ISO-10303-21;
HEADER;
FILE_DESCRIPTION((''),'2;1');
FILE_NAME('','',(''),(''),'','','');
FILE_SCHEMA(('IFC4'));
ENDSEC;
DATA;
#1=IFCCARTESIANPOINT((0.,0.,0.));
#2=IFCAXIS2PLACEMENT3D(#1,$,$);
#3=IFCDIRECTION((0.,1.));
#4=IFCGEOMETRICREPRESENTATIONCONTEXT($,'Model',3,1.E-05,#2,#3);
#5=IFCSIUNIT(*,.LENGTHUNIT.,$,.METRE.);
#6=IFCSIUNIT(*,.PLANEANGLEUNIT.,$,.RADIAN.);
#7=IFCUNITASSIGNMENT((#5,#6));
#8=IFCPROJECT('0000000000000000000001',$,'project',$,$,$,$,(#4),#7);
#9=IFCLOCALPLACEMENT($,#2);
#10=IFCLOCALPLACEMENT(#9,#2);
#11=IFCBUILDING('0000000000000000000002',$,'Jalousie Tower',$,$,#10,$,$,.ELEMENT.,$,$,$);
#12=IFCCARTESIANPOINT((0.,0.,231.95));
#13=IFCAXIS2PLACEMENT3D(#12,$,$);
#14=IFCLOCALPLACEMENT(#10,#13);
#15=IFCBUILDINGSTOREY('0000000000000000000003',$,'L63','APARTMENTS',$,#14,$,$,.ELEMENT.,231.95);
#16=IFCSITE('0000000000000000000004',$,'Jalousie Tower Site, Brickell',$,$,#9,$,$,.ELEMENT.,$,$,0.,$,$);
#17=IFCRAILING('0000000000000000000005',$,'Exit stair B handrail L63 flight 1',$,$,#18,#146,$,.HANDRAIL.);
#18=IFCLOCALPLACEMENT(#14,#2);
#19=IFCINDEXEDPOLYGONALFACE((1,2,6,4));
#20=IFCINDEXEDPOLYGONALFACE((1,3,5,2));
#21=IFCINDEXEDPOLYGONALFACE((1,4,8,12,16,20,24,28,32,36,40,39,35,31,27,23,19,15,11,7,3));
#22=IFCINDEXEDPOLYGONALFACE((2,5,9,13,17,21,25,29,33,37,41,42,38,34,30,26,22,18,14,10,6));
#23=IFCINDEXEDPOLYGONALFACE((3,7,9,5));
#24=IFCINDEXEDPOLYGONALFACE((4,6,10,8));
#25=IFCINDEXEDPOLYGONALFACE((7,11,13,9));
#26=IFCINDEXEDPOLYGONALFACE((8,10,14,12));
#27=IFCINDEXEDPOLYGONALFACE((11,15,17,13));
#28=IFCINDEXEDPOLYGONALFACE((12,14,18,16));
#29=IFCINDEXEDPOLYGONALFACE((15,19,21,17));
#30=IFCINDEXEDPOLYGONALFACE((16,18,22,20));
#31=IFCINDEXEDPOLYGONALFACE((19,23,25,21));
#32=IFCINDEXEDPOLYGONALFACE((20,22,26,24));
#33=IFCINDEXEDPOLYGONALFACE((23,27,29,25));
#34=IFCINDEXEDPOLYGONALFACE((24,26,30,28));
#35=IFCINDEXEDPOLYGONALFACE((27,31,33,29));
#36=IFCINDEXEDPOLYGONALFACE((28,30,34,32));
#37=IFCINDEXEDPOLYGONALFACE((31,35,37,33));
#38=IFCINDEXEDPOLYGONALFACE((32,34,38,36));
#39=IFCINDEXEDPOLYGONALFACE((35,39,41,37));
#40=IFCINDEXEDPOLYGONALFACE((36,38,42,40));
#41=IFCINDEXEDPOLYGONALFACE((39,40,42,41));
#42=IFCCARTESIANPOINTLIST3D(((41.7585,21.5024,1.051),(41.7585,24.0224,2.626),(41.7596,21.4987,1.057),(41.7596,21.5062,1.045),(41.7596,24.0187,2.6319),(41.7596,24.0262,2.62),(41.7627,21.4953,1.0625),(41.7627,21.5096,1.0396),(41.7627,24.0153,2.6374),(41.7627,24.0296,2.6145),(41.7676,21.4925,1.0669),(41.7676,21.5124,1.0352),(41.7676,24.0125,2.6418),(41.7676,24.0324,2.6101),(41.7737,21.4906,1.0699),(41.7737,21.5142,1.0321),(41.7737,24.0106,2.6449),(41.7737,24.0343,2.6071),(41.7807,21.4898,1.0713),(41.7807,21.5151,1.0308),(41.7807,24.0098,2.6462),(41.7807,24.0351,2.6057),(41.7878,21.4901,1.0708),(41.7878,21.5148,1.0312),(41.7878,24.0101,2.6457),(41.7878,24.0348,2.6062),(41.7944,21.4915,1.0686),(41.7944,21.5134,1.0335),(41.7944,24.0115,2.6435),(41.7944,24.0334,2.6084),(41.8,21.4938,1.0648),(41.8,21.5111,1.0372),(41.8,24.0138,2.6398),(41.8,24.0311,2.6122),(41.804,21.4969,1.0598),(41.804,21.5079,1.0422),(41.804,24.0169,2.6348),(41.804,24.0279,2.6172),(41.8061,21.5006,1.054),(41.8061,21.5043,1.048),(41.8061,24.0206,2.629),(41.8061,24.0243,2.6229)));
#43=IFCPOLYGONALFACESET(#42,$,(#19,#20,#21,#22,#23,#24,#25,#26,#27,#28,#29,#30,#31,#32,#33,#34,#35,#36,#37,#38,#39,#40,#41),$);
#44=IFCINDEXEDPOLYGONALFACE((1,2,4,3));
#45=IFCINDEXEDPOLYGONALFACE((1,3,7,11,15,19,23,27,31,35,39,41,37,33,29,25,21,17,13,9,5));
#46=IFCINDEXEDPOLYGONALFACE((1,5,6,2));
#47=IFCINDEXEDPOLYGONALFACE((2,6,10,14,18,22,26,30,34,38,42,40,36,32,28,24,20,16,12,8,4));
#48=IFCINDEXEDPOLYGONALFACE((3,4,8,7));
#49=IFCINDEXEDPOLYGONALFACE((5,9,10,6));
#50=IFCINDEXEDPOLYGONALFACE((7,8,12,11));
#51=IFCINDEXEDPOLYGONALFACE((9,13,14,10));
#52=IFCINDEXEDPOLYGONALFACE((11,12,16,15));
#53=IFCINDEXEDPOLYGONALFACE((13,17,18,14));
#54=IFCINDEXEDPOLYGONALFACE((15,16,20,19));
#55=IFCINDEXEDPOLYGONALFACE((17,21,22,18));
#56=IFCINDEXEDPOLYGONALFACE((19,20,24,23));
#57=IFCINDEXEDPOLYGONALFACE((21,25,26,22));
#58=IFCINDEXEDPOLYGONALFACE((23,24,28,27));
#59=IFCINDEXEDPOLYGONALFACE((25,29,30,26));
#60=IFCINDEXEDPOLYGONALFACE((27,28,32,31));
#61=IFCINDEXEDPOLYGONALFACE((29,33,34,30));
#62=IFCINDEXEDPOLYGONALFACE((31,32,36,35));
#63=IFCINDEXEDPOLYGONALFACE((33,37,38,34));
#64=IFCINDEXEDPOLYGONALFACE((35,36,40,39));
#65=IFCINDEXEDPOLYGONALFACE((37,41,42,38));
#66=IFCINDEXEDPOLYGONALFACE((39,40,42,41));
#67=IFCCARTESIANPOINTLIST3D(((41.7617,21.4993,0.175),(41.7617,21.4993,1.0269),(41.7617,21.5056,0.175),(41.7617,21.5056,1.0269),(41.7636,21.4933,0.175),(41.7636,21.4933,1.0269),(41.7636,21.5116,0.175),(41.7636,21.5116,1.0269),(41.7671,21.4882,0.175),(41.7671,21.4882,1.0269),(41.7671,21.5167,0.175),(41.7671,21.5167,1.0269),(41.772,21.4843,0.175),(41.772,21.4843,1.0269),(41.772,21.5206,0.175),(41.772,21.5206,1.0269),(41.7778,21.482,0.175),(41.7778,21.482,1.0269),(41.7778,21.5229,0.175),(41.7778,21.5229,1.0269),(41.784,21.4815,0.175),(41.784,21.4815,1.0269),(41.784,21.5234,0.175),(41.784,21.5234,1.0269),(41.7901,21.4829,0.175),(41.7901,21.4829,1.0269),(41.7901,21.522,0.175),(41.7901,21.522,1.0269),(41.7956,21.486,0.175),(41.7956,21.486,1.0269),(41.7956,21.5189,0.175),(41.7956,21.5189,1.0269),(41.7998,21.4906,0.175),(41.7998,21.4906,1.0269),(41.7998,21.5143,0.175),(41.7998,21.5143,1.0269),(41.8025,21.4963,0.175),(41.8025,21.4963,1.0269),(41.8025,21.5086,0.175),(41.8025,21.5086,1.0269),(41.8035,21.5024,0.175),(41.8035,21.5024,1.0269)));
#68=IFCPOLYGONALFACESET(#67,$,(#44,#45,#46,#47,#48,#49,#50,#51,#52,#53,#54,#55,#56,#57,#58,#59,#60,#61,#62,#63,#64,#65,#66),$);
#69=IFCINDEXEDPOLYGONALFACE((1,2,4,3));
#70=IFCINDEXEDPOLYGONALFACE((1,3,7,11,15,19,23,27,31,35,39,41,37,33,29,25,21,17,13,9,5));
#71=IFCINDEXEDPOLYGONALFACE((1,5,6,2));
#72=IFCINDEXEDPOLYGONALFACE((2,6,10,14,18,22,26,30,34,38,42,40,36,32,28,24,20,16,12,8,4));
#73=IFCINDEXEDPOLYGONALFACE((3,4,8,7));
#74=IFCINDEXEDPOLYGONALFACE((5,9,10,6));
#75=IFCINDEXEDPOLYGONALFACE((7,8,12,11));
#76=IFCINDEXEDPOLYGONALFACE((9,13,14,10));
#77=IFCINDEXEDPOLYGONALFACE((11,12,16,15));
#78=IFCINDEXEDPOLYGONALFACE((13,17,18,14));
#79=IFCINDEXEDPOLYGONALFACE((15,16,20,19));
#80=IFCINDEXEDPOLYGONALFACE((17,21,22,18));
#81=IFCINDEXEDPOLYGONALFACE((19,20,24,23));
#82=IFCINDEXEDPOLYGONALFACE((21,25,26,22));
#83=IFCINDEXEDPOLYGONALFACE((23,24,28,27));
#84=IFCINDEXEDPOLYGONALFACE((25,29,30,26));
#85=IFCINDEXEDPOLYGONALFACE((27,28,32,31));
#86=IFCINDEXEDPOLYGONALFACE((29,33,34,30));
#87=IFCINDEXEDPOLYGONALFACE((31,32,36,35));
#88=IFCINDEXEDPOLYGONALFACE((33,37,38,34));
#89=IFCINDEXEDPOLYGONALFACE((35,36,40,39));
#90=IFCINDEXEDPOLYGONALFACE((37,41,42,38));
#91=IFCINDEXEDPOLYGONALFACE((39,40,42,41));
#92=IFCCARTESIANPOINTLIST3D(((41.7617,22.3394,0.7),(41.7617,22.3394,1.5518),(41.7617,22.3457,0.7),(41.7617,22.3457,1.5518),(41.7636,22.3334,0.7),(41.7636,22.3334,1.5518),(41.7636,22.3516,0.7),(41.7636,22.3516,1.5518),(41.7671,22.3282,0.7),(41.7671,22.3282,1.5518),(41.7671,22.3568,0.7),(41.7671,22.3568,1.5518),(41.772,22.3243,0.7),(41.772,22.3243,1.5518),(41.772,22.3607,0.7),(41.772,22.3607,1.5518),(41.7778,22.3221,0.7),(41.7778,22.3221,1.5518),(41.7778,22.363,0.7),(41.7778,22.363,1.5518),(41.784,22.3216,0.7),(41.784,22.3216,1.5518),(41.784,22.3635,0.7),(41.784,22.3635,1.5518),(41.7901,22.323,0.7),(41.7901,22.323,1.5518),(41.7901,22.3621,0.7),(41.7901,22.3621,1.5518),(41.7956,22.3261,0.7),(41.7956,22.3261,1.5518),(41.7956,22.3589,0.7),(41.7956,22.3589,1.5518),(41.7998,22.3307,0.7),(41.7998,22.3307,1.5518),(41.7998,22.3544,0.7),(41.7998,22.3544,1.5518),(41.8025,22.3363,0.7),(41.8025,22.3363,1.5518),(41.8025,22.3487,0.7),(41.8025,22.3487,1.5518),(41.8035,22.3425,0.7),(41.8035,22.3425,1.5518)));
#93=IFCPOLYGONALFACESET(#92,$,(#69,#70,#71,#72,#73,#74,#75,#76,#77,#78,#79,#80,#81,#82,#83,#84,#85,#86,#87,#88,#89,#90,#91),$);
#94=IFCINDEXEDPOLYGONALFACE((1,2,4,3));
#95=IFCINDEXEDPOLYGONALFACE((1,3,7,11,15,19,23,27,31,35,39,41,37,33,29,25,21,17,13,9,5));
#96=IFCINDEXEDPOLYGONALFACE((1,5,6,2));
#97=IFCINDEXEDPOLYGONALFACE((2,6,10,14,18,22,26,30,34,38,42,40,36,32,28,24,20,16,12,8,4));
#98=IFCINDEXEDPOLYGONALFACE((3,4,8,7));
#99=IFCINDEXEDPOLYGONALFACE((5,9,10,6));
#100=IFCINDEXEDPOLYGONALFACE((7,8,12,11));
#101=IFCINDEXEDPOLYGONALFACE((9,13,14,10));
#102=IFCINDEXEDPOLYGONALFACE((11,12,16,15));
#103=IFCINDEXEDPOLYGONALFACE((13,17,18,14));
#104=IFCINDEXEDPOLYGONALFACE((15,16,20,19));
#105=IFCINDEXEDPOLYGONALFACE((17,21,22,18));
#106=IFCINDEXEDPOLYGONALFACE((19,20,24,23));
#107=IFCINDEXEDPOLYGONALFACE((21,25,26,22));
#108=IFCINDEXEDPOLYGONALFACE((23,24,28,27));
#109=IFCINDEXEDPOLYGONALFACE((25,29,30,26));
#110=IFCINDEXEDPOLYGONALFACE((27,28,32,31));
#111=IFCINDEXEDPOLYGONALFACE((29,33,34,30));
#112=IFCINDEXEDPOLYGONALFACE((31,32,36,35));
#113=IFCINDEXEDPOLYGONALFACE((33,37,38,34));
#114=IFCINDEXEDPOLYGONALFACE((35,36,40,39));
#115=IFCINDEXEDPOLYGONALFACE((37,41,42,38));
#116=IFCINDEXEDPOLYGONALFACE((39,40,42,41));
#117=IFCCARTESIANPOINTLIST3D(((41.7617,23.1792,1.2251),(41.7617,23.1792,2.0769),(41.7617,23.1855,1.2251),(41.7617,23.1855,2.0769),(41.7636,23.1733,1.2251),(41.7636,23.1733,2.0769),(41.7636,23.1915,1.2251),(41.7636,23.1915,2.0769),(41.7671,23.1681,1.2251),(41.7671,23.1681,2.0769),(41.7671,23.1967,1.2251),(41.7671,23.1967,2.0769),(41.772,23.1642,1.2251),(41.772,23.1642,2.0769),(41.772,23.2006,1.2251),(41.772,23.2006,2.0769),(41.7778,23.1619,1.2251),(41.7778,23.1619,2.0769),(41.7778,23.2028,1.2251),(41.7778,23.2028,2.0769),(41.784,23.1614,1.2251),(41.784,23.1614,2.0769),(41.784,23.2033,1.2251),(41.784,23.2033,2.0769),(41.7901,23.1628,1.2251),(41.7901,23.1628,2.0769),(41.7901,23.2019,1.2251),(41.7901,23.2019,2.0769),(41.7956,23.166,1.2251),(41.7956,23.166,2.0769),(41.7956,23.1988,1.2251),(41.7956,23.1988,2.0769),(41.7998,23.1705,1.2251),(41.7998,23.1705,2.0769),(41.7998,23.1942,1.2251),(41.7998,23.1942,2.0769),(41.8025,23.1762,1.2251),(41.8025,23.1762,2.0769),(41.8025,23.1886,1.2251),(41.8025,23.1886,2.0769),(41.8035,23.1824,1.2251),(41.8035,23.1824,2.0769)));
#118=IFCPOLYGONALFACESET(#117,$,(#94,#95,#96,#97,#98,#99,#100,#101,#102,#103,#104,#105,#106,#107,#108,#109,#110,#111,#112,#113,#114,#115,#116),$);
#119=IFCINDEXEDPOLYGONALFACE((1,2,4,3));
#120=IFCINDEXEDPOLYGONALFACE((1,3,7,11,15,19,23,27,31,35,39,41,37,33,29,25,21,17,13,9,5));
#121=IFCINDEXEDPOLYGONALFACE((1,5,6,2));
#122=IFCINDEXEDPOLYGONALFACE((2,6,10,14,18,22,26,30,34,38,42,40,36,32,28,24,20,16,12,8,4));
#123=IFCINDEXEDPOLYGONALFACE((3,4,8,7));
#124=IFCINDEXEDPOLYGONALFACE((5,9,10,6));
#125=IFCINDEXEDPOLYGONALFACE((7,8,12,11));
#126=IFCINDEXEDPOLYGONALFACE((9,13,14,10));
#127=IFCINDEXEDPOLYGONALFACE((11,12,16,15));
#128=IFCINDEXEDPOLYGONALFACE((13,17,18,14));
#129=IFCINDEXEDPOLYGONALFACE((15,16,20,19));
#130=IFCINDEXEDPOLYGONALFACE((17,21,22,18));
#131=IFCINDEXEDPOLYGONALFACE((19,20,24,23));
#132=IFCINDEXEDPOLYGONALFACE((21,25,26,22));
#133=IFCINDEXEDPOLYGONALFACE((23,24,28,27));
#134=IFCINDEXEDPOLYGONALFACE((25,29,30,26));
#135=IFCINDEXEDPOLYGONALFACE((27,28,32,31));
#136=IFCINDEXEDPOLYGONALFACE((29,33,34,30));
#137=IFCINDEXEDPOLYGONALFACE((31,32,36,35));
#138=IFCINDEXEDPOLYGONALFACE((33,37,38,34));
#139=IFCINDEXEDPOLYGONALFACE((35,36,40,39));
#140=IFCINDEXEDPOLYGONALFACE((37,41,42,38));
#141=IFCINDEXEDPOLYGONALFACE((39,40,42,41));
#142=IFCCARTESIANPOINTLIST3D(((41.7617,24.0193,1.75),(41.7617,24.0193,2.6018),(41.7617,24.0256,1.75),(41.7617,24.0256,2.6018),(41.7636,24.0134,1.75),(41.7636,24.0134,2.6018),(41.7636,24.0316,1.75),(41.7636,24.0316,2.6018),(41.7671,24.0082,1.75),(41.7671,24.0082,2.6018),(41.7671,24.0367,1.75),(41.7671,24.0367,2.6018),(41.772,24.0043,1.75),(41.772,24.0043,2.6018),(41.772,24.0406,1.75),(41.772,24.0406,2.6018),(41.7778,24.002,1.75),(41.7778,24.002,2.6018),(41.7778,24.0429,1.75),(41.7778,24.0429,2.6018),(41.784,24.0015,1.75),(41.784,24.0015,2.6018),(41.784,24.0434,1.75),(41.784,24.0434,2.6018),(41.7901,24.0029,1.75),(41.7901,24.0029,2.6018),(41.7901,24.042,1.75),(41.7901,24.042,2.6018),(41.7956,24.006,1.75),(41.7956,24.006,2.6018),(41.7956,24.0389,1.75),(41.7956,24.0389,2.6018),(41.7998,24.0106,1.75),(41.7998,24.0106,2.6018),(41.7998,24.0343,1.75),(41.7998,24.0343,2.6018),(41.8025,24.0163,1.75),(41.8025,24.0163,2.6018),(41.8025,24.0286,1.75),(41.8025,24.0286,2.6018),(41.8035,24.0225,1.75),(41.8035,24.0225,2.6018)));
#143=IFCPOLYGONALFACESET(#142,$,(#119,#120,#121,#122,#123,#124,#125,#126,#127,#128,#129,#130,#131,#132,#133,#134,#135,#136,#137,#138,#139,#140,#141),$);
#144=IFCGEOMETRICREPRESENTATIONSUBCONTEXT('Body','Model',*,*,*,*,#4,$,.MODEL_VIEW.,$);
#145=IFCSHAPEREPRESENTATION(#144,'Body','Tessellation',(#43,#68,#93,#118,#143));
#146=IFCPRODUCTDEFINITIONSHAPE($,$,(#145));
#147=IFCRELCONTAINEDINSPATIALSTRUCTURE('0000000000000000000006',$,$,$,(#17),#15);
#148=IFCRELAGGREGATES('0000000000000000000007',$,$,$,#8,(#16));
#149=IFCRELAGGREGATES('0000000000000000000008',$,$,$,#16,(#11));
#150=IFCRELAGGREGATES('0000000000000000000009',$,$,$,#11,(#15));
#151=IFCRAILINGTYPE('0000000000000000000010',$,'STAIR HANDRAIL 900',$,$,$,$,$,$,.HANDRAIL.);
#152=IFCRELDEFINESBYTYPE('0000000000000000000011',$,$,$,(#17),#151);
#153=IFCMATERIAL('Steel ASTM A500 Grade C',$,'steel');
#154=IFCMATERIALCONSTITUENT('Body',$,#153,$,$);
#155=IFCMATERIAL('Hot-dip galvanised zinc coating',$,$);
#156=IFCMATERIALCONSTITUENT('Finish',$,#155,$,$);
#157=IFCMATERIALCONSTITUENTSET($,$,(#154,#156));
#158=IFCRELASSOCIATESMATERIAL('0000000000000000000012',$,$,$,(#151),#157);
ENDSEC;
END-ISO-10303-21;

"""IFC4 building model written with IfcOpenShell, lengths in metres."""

from ifc_helpers import new_model, si_unit, direction, frame, origin, origin_2d, place, context, subcontext, project, spatial, circle, extrude, material, constituent, constituent_set, type_object, element, save


model = new_model("IFC4")

# Units and contexts
model_context = context("Model", 3, precision=1e-05, world=origin(), true_north=direction((0.0, 1.0)))
body_context = subcontext(model_context, "Body", "Model", "MODEL_VIEW")
ifc_project = project(units=[si_unit("LENGTHUNIT", "METRE"), si_unit("PLANEANGLEUNIT", "RADIAN")], contexts=[model_context])

# Site, building, storey
site_placement = place(None, origin())
site = spatial("IfcSite", under=ifc_project, at=site_placement, Name="Jalousie Tower Site, Brickell", CompositionType="ELEMENT", RefElevation=0.0)
building_placement = place(site_placement, origin())
building = spatial("IfcBuilding", under=site, at=building_placement, Name="Jalousie Tower", CompositionType="ELEMENT")
storey_placement = place(building_placement, frame((0.0, 0.0, 231.95)))
storey = spatial("IfcBuildingStorey", under=building, at=storey_placement, Name="L63", Description="APARTMENTS", CompositionType="ELEMENT", Elevation=231.95)

# Railing
ifc_material_1 = material(Name="Steel ASTM A500 Grade C", Category="steel")
ifc_constituent_1 = constituent(ifc_material_1, Name="Body")
ifc_material_2 = material(Name="Hot-dip galvanised zinc coating")
ifc_constituent_2 = constituent(ifc_material_2, Name="Finish")
ifc_constituent_set_1 = constituent_set(constituents=[ifc_constituent_1, ifc_constituent_2])
railing_type_1 = type_object("IfcRailingType", Name="STAIR HANDRAIL 900", PredefinedType="HANDRAIL", material=ifc_constituent_set_1)
railing_1_placement = place(storey_placement, frame((41.7825, 21.5024, 0.175)))
element("IfcRailing", 1, at=railing_1_placement, inside=storey, type_object=railing_type_1, Name="Exit stair B handrail L63 flight 1", PredefinedType="HANDRAIL", context=body_context, shape_type="SweptSolid", body=[
    extrude(circle(Radius=0.0239, at=origin_2d()), frame((0.0, 0.0, 0.876), z_axis=(0.0, 0.848008, 0.529984), x_axis=(-1.0, 0.0, 0.0)), (0.0, 0.0, 1.0), 2.9717),
    extrude(circle(Radius=0.021, at=origin_2d()), origin(), (0.0, 0.0, 1.0), 0.8518),
    extrude(circle(Radius=0.021, at=origin_2d()), frame((0.0, 0.8401, 0.5249)), (0.0, 0.0, 1.0), 0.8518),
    extrude(circle(Radius=0.021, at=origin_2d()), frame((0.0, 1.6799, 1.05)), (0.0, 0.0, 1.0), 0.8518),
    extrude(circle(Radius=0.021, at=origin_2d()), frame((0.0, 2.52, 1.575)), (0.0, 0.0, 1.0), 0.8518),
])

save(model, "model.ifc")
